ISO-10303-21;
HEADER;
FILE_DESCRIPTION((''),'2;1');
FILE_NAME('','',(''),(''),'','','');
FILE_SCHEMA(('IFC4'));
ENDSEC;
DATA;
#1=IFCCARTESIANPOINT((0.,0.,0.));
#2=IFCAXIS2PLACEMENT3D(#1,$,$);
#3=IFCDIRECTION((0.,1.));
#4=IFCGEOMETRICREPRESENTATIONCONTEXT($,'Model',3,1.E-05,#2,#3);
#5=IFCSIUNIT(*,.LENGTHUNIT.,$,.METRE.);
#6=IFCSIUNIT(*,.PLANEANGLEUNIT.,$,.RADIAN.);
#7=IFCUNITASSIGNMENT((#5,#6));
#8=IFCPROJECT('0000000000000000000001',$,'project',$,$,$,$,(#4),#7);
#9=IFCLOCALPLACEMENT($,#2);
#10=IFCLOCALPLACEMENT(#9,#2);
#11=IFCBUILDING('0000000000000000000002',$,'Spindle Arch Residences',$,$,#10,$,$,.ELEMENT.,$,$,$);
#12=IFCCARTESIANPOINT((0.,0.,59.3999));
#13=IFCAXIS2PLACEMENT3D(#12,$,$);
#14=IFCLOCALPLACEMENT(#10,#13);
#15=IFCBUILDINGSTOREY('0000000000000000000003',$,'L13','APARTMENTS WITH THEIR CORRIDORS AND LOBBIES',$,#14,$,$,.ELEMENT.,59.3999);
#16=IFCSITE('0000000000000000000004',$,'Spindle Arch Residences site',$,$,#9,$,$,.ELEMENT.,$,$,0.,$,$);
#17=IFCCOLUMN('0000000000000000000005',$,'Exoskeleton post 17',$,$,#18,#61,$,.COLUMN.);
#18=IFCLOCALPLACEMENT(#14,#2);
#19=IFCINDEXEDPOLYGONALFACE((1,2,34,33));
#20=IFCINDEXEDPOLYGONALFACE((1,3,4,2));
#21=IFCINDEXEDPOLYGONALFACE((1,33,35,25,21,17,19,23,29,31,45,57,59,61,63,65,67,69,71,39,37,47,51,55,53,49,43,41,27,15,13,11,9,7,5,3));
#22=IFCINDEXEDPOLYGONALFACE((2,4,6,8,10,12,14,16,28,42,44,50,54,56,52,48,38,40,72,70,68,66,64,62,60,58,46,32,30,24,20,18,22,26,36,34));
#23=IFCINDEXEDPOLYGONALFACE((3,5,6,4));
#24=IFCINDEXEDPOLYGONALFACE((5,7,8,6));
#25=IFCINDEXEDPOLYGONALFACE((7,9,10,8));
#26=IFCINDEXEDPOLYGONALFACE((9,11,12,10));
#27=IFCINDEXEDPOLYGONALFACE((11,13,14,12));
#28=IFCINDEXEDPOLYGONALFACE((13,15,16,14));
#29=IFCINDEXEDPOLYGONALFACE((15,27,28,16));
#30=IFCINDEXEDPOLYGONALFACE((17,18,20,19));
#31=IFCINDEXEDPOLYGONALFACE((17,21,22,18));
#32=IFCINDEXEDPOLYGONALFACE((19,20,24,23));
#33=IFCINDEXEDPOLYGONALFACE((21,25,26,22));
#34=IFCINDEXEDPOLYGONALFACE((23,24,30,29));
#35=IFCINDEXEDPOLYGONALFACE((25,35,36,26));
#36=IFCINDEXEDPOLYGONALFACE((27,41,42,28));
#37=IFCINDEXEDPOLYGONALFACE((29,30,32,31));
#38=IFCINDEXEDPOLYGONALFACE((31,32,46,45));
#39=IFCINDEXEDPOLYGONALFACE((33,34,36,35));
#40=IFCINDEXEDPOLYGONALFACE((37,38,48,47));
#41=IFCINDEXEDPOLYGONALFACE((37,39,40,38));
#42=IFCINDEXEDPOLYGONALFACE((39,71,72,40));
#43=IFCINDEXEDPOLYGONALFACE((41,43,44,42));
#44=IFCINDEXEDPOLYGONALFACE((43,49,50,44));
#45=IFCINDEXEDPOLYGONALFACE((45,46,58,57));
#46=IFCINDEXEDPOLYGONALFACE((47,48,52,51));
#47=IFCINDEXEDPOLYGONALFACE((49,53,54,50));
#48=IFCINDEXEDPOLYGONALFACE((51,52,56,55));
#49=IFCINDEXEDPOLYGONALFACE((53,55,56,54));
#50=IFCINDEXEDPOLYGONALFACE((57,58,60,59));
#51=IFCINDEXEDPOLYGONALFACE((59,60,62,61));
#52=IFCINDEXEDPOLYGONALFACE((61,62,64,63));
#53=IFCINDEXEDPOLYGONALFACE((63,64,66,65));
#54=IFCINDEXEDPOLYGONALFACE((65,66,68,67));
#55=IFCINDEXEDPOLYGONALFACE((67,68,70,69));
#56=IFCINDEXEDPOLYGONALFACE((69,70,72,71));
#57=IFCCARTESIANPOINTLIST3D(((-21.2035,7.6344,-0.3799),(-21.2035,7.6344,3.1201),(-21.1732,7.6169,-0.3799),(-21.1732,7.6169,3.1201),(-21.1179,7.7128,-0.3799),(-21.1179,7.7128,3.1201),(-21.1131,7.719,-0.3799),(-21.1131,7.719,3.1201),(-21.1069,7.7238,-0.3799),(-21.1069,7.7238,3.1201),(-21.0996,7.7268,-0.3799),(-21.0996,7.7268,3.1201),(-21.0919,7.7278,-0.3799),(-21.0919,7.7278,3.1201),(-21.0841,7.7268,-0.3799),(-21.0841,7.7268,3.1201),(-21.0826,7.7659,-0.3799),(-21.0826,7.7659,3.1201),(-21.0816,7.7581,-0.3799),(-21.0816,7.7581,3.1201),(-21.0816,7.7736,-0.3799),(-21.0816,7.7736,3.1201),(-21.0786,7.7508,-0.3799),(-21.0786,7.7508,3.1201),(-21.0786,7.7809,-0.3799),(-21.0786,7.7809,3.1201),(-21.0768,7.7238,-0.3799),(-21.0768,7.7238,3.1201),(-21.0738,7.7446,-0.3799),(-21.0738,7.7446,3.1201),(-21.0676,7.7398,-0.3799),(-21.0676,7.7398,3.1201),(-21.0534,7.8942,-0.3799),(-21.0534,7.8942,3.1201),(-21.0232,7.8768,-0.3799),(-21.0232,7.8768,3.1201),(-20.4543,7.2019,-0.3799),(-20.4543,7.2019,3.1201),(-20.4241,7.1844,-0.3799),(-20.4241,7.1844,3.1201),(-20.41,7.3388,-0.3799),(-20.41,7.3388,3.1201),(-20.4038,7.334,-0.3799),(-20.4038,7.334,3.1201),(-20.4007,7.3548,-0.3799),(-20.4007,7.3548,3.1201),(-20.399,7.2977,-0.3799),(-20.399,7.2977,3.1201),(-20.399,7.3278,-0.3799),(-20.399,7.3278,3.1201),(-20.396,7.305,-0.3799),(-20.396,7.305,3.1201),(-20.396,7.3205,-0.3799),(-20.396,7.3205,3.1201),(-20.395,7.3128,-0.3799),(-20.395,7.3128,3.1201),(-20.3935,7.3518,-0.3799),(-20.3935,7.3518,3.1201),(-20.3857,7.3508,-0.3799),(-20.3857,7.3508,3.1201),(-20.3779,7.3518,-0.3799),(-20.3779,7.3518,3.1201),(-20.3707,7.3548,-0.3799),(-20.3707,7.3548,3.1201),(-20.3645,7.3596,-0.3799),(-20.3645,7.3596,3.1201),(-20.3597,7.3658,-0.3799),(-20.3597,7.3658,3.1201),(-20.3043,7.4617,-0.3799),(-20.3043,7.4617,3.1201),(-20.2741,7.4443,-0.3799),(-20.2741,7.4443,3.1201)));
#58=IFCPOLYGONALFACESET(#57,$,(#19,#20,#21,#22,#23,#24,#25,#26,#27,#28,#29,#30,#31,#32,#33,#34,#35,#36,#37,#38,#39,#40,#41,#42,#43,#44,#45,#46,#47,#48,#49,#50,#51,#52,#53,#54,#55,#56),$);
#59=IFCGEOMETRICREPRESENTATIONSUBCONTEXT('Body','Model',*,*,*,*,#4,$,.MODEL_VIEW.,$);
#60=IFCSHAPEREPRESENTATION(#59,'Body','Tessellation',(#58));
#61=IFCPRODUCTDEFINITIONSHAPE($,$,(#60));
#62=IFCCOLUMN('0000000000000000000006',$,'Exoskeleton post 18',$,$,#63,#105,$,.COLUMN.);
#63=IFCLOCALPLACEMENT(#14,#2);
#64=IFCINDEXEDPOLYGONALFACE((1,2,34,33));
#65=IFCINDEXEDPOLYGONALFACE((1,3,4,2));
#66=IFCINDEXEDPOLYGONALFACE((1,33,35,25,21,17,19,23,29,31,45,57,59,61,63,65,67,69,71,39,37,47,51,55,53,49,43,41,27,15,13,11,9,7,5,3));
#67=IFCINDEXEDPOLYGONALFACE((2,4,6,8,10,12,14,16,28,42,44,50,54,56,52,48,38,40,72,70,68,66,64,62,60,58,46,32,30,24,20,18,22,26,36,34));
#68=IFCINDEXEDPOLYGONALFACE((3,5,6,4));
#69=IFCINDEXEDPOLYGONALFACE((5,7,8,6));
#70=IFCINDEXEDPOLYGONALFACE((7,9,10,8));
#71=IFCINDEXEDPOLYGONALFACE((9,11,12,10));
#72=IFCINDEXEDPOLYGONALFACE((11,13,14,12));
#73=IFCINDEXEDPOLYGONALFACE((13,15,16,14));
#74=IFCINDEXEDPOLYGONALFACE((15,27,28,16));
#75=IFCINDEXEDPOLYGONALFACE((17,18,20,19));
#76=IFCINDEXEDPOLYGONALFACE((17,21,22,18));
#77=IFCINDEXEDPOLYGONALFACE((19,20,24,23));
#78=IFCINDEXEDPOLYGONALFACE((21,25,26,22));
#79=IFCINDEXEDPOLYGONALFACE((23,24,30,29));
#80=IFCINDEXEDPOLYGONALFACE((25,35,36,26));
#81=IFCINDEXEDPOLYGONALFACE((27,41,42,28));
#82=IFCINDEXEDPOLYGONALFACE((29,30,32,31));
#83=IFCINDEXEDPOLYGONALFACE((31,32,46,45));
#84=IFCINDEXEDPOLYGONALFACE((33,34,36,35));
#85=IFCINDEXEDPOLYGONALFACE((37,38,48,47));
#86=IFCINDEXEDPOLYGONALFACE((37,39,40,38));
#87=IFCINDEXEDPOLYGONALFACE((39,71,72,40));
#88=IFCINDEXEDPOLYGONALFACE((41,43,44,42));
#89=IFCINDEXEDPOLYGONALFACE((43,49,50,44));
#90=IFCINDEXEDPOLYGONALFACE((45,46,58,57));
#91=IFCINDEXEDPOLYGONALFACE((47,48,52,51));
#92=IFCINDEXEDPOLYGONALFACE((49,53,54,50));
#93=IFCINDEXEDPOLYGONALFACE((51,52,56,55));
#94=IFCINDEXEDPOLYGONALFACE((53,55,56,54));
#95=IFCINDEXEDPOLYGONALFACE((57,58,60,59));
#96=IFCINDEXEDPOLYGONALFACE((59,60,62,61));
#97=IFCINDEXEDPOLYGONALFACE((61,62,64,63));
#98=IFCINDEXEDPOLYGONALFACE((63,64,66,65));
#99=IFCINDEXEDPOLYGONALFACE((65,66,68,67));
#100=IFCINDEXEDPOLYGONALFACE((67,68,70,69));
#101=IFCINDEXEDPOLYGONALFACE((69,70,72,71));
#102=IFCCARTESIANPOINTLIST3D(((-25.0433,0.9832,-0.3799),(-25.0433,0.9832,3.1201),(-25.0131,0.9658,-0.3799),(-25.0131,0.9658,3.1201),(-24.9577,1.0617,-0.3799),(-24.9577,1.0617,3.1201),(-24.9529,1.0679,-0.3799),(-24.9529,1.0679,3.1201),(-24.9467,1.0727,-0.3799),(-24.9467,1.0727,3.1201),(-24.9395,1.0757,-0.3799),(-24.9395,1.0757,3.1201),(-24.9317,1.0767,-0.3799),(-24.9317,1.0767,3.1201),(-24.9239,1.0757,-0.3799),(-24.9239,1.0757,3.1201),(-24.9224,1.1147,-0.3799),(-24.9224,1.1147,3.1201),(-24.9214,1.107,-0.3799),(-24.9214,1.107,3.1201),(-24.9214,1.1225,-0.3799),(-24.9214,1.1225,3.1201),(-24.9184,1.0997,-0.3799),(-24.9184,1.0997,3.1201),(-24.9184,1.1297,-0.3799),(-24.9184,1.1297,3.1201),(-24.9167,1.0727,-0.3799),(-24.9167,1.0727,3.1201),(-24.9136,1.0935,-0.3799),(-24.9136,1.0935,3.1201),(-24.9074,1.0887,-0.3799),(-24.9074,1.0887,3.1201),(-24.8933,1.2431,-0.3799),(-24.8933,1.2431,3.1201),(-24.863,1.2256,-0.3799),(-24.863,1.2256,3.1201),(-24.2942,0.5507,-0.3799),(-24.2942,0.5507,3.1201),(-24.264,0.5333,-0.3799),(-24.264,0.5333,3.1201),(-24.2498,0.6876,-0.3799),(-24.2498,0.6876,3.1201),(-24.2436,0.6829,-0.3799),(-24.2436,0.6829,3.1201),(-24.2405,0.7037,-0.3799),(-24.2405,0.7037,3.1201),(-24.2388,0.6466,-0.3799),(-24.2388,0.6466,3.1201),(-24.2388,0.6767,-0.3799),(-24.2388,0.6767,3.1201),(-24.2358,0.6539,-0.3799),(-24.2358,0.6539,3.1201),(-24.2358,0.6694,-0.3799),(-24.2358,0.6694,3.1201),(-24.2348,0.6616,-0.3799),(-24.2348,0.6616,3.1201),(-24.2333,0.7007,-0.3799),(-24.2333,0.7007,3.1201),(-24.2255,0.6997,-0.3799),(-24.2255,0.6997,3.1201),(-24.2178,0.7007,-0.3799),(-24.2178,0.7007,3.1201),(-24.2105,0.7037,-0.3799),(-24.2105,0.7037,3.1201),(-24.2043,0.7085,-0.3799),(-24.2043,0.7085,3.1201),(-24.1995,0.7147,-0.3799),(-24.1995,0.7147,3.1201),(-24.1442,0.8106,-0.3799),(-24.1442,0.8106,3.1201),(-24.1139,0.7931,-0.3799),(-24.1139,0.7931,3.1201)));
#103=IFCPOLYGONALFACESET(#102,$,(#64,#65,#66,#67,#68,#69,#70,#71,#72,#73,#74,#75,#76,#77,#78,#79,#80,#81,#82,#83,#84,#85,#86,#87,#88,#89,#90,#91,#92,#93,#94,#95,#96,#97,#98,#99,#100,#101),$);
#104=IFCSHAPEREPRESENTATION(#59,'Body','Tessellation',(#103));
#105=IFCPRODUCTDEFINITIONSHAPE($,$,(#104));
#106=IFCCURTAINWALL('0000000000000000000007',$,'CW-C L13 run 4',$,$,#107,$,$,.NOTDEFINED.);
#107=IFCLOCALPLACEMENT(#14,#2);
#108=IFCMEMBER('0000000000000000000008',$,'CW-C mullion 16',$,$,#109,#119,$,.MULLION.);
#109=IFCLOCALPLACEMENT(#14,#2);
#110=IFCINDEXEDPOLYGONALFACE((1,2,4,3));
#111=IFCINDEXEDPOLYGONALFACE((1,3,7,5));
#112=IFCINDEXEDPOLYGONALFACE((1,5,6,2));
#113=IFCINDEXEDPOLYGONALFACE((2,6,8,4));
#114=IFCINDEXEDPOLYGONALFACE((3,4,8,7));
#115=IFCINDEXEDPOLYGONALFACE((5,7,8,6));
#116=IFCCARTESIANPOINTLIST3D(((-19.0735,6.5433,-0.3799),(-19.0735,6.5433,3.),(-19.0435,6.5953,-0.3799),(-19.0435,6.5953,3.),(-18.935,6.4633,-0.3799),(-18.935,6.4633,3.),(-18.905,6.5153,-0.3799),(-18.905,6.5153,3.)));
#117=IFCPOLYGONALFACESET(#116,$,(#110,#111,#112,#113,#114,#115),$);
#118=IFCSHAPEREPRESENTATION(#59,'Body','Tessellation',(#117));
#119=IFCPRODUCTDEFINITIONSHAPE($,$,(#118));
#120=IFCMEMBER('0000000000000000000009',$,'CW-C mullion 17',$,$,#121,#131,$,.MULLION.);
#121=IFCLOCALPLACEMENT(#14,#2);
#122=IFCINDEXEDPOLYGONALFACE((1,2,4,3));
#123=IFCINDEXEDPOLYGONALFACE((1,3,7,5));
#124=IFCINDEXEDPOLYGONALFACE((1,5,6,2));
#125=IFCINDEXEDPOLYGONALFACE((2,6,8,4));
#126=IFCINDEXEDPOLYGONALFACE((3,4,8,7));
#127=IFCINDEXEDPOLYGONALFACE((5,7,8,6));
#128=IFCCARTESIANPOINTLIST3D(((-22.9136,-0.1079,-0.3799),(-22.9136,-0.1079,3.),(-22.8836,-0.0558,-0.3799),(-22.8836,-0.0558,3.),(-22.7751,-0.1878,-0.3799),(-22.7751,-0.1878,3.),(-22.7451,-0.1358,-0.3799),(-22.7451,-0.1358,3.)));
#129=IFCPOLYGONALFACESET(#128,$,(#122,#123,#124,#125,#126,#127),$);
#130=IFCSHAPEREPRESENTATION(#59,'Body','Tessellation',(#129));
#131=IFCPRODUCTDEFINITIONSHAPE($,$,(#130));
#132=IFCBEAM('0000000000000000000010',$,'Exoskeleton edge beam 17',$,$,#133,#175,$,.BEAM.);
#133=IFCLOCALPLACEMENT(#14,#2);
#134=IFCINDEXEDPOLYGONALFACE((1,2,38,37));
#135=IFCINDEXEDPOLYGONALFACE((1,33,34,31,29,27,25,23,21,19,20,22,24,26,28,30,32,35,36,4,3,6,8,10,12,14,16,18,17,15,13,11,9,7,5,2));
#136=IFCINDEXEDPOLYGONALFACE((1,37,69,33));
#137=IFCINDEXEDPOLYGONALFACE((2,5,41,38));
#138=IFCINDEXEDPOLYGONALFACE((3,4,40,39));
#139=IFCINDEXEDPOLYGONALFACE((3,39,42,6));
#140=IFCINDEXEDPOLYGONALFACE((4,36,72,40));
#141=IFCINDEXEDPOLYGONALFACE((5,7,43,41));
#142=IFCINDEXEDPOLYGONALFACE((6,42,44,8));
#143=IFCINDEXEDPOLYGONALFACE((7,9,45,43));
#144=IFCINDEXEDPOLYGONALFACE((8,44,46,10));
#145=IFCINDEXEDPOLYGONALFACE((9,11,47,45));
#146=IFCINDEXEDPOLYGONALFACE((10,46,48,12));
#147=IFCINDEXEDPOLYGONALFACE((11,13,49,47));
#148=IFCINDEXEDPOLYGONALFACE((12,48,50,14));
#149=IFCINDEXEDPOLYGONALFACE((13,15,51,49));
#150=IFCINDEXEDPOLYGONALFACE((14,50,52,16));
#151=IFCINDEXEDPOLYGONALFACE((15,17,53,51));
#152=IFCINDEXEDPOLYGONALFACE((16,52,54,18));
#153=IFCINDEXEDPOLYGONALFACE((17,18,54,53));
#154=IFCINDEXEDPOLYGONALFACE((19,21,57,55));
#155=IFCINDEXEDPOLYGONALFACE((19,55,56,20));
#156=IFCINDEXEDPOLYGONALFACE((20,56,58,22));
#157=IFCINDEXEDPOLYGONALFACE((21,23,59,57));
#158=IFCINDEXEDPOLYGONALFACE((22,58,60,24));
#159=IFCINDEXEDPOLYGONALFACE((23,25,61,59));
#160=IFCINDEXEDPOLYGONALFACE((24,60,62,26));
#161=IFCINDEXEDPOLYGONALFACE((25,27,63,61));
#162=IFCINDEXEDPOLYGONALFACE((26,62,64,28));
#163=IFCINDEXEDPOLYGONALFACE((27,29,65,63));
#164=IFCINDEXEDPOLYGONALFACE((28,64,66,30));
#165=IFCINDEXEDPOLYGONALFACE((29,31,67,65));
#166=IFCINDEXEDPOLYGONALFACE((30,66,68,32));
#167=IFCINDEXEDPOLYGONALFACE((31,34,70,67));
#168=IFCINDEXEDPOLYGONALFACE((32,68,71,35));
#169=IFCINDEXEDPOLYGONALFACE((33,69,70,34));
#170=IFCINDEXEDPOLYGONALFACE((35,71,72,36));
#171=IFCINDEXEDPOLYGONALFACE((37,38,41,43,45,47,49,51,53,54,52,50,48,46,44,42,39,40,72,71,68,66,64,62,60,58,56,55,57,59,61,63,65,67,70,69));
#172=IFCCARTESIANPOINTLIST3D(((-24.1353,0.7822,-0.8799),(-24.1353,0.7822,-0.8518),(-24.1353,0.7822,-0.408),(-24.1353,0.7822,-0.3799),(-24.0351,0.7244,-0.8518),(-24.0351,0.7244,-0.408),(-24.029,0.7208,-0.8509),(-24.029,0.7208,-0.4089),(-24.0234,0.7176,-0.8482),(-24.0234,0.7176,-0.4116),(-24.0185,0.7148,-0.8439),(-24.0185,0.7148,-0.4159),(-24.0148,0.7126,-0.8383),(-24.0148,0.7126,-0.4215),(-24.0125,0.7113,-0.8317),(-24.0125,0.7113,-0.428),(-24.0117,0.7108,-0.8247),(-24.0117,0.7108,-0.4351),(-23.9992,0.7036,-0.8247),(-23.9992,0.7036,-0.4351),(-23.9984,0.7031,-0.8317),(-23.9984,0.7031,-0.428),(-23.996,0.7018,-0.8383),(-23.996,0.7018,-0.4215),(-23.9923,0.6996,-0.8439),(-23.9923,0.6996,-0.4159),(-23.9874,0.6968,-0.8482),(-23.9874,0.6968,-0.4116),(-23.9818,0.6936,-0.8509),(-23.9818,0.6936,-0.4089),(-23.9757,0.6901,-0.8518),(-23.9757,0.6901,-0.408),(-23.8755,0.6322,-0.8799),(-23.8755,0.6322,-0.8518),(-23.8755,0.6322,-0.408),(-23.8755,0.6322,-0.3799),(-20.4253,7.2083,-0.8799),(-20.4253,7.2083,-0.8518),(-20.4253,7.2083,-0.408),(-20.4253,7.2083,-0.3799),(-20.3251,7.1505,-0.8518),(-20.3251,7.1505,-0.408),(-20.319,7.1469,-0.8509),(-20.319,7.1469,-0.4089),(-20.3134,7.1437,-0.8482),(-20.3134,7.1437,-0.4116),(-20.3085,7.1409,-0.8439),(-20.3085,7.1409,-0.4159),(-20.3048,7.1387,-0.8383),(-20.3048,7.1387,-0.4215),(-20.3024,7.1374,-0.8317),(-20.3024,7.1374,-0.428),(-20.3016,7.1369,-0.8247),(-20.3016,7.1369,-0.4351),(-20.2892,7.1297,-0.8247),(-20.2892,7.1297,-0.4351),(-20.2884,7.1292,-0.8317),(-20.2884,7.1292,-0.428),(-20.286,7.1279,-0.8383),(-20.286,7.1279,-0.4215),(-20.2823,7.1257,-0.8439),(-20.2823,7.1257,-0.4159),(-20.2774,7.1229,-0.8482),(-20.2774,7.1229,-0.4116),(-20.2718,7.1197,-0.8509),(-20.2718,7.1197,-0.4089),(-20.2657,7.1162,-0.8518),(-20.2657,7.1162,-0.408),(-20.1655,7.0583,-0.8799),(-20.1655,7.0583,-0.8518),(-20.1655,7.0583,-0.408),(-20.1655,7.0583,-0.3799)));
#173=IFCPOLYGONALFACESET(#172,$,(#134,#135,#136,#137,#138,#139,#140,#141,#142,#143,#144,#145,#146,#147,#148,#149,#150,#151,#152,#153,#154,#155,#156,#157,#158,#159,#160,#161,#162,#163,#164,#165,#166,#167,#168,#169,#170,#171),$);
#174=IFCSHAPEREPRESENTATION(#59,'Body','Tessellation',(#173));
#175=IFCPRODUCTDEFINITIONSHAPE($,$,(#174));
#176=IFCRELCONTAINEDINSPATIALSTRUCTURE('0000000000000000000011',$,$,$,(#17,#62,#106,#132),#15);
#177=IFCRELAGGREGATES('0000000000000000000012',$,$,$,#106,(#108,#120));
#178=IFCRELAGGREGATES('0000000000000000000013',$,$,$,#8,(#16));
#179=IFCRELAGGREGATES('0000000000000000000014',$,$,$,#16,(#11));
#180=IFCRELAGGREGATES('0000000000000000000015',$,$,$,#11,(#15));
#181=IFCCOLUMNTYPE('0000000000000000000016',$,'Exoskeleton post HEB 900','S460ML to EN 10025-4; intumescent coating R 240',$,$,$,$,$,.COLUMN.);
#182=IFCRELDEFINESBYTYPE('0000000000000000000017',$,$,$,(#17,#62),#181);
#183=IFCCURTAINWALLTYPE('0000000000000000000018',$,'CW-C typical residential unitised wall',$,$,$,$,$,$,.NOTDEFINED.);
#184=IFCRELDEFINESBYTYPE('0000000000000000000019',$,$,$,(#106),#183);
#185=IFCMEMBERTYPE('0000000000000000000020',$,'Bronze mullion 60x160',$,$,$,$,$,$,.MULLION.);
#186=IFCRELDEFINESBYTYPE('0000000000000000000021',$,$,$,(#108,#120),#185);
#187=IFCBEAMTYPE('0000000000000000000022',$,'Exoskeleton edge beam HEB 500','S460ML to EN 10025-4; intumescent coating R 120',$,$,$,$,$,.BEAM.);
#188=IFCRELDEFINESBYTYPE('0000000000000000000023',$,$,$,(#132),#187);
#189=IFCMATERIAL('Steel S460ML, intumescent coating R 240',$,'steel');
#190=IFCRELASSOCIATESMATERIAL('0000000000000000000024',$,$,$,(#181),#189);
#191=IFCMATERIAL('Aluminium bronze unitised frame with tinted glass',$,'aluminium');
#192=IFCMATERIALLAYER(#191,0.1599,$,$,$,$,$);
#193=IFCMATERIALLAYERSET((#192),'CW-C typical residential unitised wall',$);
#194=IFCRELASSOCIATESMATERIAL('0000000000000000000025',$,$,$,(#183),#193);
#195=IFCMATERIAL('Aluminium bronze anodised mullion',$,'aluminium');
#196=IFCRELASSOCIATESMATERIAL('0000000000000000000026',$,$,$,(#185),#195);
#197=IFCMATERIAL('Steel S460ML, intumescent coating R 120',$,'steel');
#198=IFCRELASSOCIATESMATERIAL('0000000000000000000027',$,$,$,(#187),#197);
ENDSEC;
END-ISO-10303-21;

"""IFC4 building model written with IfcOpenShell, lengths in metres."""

from ifc_helpers import new_model, si_unit, direction, frame, origin, origin_2d, place, context, subcontext, project, spatial, rectangle, i_section, extrude, material, layer, layer_set, material_profile, profile_set, type_object, element, aggregate, save


model = new_model("IFC4")

# Units and contexts
model_context = context("Model", 3, precision=1e-05, world=origin(), true_north=direction((0.0, 1.0)))
body_context = subcontext(model_context, "Body", "Model", "MODEL_VIEW")
ifc_project = project(units=[si_unit("LENGTHUNIT", "METRE"), si_unit("PLANEANGLEUNIT", "RADIAN")], contexts=[model_context])

# Site, building, storey
site_placement = place(None, origin())
site = spatial("IfcSite", under=ifc_project, at=site_placement, Name="Spindle Arch Residences site", CompositionType="ELEMENT", RefElevation=0.0)
building_placement = place(site_placement, origin())
building = spatial("IfcBuilding", under=site, at=building_placement, Name="Spindle Arch Residences", CompositionType="ELEMENT")
storey_placement = place(building_placement, frame((0.0, 0.0, 59.3999)))
storey = spatial("IfcBuildingStorey", under=building, at=storey_placement, Name="L13", Description="APARTMENTS WITH THEIR CORRIDORS AND LOBBIES", CompositionType="ELEMENT", Elevation=59.3999)

# Columns
ifc_material_1 = material(Name="Steel S460ML, intumescent coating R 240", Category="steel")
ifc_material_profile_1 = material_profile(ifc_material_1, i_section(OverallWidth=0.3, OverallDepth=0.8999, WebThickness=0.0186, FlangeThickness=0.0349, FilletRadius=0.03, at=origin_2d()), Name="HEB 900")
ifc_profile_set_1 = profile_set([ifc_material_profile_1], Name="Steel S460ML, intumescent coating R 240")
column_type = type_object("IfcColumnType", Name="Exoskeleton post HEB 900", Description="S460ML to EN 10025-4; intumescent coating R 240", PredefinedType="COLUMN", material=ifc_profile_set_1)
for number, where, z_axis, x_axis, name in (
    (1, (-20.7388, 7.5393, -0.3799), (0.0, 0.0, 1.0), (0.5, 0.866025, 0.0), "Exoskeleton post 17"),
    (2, (-24.5786, 0.8882, -0.3799), (0.0, 0.0, 1.0), (0.5, 0.866025, 0.0), "Exoskeleton post 18"),
):
    element("IfcColumn", number, at=place(storey_placement, frame(where, z_axis=z_axis, x_axis=x_axis)), inside=storey, type_object=column_type, Name=name, PredefinedType="COLUMN", context=body_context, shape_type="SweptSolid", body=[
        extrude(i_section(OverallWidth=0.3, OverallDepth=0.8999, WebThickness=0.0186, FlangeThickness=0.0349, FilletRadius=0.03, at=origin_2d()), origin(), (0.0, 0.0, 1.0), 3.5),
    ])

# Curtain wall, members
ifc_material_2 = material(Name="Aluminium bronze unitised frame with tinted glass", Category="aluminium")
ifc_layer_1 = layer(ifc_material_2, 0.1599)
ifc_layer_set_1 = layer_set([ifc_layer_1], Name="CW-C typical residential unitised wall")
curtain_wall_type = type_object("IfcCurtainWallType", Name="CW-C typical residential unitised wall", PredefinedType="NOTDEFINED", material=ifc_layer_set_1)
curtain_wall_placement = place(storey_placement, origin())
curtain_wall = element("IfcCurtainWall", 3, at=curtain_wall_placement, inside=storey, type_object=curtain_wall_type, Name="CW-C L13 run 4", PredefinedType="NOTDEFINED")
ifc_material_3 = material(Name="Aluminium bronze anodised mullion", Category="aluminium")
ifc_material_profile_2 = material_profile(ifc_material_3, rectangle(XDim=0.1599, YDim=0.0601, at=origin_2d()), Name="MU 60x160")
ifc_profile_set_2 = profile_set([ifc_material_profile_2], Name="Aluminium bronze anodised mullion")
member_type = type_object("IfcMemberType", Name="Bronze mullion 60x160", PredefinedType="MULLION", material=ifc_profile_set_2)
member_1_placement = place(storey_placement, frame((-18.9893, 6.5293, -0.3799), z_axis=(0.0, 0.0, 1.0), x_axis=(0.866025, -0.5, 0.0)))
member_1 = element("IfcMember", 4, at=member_1_placement, type_object=member_type, Name="CW-C mullion 16", PredefinedType="MULLION", context=body_context, shape_type="SweptSolid", body=[
    extrude(rectangle(XDim=0.1599, YDim=0.0601, at=origin_2d()), origin(), (0.0, 0.0, 1.0), 3.3799),
])
member_2_placement = place(storey_placement, frame((-22.8293, -0.1218, -0.3799), z_axis=(0.0, 0.0, 1.0), x_axis=(0.866025, -0.5, 0.0)))
member_2 = element("IfcMember", 5, at=member_2_placement, type_object=member_type, Name="CW-C mullion 17", PredefinedType="MULLION", context=body_context, shape_type="SweptSolid", body=[
    extrude(rectangle(XDim=0.1599, YDim=0.0601, at=origin_2d()), origin(), (0.0, 0.0, 1.0), 3.3799),
])

# Beam
ifc_material_4 = material(Name="Steel S460ML, intumescent coating R 120", Category="steel")
ifc_material_profile_3 = material_profile(ifc_material_4, i_section(OverallWidth=0.3, OverallDepth=0.5, WebThickness=0.0144, FlangeThickness=0.0281, FilletRadius=0.0271, at=origin_2d()), Name="HEB 500")
ifc_profile_set_3 = profile_set([ifc_material_profile_3], Name="Steel S460ML, intumescent coating R 120")
beam_type_1 = type_object("IfcBeamType", Name="Exoskeleton edge beam HEB 500", Description="S460ML to EN 10025-4; intumescent coating R 120", PredefinedType="BEAM", material=ifc_profile_set_3)
for number, where, z_axis, x_axis, name in (
    (6, (-20.2954, 7.1333, -0.6299), (-0.499989, -0.866032, 0.0), (0.866032, -0.499989, 0.0), "Exoskeleton edge beam 17"),
):
    element("IfcBeam", number, at=place(storey_placement, frame(where, z_axis=z_axis, x_axis=x_axis)), inside=storey, type_object=beam_type_1, Name=name, PredefinedType="BEAM", context=body_context, shape_type="SweptSolid", body=[
        extrude(i_section(OverallWidth=0.3, OverallDepth=0.5, WebThickness=0.0144, FlangeThickness=0.0281, FilletRadius=0.0271, at=origin_2d()), origin(), (0.0, 0.0, 1.0), 7.4202),
    ])

aggregate(curtain_wall, [member_1, member_2])

save(model, "model.ifc")
